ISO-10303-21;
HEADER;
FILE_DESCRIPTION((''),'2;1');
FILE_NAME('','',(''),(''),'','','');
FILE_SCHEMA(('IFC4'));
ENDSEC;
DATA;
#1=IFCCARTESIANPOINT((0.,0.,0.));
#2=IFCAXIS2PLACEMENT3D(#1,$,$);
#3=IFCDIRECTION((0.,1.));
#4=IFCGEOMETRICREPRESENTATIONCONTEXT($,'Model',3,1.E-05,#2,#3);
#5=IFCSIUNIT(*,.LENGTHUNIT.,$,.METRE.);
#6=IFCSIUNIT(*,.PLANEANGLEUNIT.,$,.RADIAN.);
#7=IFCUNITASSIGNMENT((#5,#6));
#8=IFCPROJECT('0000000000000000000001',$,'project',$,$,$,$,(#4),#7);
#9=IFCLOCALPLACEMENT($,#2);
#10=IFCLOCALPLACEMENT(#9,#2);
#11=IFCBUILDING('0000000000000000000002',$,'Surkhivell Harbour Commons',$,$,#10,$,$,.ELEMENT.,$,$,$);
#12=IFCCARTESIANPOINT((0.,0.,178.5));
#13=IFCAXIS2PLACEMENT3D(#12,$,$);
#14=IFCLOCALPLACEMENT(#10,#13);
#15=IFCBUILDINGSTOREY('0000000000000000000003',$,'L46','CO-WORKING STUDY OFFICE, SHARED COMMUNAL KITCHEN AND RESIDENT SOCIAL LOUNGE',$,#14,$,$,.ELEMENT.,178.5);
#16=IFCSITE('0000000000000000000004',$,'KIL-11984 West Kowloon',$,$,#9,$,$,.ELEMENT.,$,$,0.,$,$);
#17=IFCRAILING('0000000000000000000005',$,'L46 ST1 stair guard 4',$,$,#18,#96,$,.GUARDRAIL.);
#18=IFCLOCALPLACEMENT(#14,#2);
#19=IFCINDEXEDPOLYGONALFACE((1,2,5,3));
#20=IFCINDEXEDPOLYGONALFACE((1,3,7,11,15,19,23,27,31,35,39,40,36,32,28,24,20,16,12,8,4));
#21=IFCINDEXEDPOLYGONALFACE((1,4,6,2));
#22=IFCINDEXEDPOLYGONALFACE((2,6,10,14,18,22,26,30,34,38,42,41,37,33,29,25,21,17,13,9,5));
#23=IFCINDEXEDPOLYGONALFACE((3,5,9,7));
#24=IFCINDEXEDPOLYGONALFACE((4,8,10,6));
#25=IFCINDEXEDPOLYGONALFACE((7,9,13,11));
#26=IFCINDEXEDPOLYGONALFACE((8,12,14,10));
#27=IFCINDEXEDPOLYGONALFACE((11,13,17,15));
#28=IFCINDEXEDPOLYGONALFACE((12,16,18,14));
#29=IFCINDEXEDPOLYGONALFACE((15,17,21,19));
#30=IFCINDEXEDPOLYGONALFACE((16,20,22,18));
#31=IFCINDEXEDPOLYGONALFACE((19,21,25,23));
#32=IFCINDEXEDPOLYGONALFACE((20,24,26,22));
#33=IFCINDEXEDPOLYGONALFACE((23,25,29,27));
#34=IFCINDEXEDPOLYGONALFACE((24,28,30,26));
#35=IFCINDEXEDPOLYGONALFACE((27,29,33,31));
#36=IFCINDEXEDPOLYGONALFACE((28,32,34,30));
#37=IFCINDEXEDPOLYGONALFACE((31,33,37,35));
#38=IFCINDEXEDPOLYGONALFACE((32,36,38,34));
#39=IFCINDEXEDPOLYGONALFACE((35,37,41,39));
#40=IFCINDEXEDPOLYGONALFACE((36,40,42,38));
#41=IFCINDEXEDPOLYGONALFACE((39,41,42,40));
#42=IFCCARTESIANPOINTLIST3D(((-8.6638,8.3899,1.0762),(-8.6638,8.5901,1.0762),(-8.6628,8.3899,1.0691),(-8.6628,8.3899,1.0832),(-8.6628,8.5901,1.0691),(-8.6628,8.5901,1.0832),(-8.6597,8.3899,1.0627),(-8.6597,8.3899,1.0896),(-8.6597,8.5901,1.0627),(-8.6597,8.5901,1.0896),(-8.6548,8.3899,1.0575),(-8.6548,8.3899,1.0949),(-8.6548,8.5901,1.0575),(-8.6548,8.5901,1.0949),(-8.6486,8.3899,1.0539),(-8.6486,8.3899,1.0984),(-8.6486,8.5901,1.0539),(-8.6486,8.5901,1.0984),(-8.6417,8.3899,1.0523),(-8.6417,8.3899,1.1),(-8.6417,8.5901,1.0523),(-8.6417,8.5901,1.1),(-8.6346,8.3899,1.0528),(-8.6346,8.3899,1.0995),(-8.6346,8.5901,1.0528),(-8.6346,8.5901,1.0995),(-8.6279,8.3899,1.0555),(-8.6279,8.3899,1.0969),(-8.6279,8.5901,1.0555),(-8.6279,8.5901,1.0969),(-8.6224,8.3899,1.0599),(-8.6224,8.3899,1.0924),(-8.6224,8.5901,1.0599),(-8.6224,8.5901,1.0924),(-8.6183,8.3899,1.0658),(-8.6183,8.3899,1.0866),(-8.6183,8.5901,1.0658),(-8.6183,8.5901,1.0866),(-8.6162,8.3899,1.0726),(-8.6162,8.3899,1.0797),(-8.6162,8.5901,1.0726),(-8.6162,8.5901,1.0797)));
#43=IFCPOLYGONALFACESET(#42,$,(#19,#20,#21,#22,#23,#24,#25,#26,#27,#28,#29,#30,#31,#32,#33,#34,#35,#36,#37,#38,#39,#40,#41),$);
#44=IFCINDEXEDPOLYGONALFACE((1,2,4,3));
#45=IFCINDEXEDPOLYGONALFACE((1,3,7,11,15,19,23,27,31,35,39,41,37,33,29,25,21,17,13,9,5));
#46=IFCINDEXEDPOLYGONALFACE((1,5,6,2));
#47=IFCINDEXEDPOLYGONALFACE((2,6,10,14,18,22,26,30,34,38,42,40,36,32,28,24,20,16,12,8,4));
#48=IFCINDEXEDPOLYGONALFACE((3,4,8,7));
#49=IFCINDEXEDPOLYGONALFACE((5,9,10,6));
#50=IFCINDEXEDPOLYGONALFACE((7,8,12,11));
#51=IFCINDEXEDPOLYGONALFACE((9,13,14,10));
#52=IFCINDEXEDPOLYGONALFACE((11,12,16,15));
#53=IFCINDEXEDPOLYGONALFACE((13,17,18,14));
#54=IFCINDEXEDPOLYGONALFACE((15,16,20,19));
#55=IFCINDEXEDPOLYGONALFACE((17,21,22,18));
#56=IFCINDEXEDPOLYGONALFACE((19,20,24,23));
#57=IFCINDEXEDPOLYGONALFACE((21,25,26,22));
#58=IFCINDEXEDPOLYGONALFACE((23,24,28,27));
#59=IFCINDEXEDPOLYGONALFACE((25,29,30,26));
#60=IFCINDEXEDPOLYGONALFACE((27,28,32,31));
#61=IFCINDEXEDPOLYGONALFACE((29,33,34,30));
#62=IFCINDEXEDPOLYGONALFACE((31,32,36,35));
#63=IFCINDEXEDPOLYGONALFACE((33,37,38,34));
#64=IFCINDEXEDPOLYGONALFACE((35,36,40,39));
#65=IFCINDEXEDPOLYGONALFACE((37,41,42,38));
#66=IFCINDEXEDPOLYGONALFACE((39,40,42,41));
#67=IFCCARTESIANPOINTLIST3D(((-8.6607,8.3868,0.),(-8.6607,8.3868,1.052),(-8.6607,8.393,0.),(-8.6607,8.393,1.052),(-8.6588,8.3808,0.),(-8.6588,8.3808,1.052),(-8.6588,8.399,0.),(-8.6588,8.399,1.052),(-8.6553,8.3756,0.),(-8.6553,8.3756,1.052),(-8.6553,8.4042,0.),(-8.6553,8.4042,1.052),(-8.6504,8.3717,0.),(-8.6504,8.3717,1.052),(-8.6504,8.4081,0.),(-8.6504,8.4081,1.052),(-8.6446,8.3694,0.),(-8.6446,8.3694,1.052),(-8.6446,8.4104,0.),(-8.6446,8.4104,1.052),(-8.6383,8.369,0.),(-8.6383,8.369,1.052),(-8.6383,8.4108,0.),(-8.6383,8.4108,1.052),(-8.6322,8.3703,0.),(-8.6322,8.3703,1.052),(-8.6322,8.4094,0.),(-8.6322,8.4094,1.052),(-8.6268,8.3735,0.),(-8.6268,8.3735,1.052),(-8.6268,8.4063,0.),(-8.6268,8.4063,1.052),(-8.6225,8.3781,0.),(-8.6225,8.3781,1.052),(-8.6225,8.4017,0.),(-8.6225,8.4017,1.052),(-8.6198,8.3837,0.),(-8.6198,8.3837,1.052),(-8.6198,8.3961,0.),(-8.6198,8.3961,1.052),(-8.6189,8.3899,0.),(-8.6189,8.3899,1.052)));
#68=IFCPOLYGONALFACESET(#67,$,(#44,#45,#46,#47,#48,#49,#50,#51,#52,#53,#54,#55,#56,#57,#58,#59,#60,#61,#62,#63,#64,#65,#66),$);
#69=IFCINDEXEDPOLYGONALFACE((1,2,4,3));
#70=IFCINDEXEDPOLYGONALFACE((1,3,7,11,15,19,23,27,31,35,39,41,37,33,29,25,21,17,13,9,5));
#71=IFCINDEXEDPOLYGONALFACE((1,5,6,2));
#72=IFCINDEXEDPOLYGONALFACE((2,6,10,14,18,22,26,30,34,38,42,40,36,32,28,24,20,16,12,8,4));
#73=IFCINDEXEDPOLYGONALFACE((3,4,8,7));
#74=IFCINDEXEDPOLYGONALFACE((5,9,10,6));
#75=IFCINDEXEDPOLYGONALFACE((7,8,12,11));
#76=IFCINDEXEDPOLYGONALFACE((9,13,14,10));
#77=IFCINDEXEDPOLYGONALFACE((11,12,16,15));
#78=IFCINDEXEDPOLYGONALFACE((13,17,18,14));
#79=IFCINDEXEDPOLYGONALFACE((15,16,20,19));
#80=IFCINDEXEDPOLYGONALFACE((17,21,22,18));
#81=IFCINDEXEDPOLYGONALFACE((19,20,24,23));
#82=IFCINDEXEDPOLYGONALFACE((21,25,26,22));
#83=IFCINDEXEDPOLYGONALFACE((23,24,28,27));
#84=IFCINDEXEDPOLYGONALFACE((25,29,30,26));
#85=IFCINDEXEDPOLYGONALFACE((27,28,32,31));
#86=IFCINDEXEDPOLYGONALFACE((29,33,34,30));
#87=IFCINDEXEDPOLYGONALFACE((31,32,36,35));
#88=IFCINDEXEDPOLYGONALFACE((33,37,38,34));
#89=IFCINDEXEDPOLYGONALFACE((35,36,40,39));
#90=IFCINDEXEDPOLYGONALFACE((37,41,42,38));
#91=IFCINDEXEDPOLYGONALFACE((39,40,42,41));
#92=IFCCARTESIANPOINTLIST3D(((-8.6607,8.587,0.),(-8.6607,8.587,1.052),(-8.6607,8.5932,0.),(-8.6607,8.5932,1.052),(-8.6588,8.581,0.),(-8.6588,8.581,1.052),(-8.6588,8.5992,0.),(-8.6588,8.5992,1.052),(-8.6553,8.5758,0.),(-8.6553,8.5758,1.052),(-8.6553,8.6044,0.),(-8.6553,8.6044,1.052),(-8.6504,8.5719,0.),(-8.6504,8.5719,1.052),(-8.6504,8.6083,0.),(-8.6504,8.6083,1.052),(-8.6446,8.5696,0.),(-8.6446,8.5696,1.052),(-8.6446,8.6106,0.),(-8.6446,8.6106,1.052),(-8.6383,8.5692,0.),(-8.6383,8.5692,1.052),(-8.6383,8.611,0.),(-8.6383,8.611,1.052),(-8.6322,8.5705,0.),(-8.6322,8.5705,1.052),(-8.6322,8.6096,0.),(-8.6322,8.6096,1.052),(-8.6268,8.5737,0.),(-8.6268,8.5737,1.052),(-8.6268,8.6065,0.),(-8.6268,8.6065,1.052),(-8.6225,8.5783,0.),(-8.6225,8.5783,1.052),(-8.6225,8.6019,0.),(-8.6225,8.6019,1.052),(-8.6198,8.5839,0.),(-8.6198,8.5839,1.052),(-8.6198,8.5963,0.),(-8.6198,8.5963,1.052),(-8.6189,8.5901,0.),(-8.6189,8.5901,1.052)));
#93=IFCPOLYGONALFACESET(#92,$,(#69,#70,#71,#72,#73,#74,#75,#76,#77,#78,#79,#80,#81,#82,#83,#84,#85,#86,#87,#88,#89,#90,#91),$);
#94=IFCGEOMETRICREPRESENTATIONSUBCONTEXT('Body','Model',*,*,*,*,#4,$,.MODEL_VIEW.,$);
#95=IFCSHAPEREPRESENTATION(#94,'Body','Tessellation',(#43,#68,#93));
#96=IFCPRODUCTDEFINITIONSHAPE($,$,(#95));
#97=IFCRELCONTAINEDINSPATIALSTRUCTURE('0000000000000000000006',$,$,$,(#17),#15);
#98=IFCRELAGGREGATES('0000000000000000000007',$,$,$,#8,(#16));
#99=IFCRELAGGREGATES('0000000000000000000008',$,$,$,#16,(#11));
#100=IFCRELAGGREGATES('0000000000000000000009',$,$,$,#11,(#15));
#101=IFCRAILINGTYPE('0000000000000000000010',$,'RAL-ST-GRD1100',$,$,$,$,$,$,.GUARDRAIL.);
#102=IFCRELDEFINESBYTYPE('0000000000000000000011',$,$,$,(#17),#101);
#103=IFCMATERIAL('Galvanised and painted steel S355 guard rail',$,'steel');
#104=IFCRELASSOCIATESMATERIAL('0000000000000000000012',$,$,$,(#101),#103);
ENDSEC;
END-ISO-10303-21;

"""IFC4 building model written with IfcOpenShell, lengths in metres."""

from ifc_helpers import new_model, si_unit, direction, frame, origin, origin_2d, place, context, subcontext, project, spatial, circle, extrude, material, type_object, element, save


model = new_model("IFC4")

# Units and contexts
model_context = context("Model", 3, precision=1e-05, world=origin(), true_north=direction((0.0, 1.0)))
body_context = subcontext(model_context, "Body", "Model", "MODEL_VIEW")
ifc_project = project(units=[si_unit("LENGTHUNIT", "METRE"), si_unit("PLANEANGLEUNIT", "RADIAN")], contexts=[model_context])

# Site, building, storey
site_placement = place(None, origin())
site = spatial("IfcSite", under=ifc_project, at=site_placement, Name="KIL-11984 West Kowloon", CompositionType="ELEMENT", RefElevation=0.0)
building_placement = place(site_placement, origin())
building = spatial("IfcBuilding", under=site, at=building_placement, Name="Surkhivell Harbour Commons", CompositionType="ELEMENT")
storey_placement = place(building_placement, frame((0.0, 0.0, 178.5)))
storey = spatial("IfcBuildingStorey", under=building, at=storey_placement, Name="L46", Description="CO-WORKING STUDY OFFICE, SHARED COMMUNAL KITCHEN AND RESIDENT SOCIAL LOUNGE", CompositionType="ELEMENT", Elevation=178.5)

# Railing
ifc_material_1 = material(Name="Galvanised and painted steel S355 guard rail", Category="steel")
railing_type_1 = type_object("IfcRailingType", Name="RAL-ST-GRD1100", PredefinedType="GUARDRAIL", material=ifc_material_1)
railing_1_placement = place(storey_placement, frame((-8.6399, 8.3899, 0.0)))
element("IfcRailing", 1, at=railing_1_placement, inside=storey, type_object=railing_type_1, Name="L46 ST1 stair guard 4", PredefinedType="GUARDRAIL", context=body_context, shape_type="SweptSolid", body=[
    extrude(circle(Radius=0.0239, at=origin_2d()), frame((0.0, 0.0, 1.0762), z_axis=(0.0, 1.0, 0.0), x_axis=(-1.0, 0.0, 0.0)), (0.0, 0.0, 1.0), 0.2002),
    extrude(circle(Radius=0.021, at=origin_2d()), origin(), (0.0, 0.0, 1.0), 1.052),
    extrude(circle(Radius=0.021, at=origin_2d()), frame((0.0, 0.2002, 0.0)), (0.0, 0.0, 1.0), 1.052),
])

save(model, "model.ifc")
